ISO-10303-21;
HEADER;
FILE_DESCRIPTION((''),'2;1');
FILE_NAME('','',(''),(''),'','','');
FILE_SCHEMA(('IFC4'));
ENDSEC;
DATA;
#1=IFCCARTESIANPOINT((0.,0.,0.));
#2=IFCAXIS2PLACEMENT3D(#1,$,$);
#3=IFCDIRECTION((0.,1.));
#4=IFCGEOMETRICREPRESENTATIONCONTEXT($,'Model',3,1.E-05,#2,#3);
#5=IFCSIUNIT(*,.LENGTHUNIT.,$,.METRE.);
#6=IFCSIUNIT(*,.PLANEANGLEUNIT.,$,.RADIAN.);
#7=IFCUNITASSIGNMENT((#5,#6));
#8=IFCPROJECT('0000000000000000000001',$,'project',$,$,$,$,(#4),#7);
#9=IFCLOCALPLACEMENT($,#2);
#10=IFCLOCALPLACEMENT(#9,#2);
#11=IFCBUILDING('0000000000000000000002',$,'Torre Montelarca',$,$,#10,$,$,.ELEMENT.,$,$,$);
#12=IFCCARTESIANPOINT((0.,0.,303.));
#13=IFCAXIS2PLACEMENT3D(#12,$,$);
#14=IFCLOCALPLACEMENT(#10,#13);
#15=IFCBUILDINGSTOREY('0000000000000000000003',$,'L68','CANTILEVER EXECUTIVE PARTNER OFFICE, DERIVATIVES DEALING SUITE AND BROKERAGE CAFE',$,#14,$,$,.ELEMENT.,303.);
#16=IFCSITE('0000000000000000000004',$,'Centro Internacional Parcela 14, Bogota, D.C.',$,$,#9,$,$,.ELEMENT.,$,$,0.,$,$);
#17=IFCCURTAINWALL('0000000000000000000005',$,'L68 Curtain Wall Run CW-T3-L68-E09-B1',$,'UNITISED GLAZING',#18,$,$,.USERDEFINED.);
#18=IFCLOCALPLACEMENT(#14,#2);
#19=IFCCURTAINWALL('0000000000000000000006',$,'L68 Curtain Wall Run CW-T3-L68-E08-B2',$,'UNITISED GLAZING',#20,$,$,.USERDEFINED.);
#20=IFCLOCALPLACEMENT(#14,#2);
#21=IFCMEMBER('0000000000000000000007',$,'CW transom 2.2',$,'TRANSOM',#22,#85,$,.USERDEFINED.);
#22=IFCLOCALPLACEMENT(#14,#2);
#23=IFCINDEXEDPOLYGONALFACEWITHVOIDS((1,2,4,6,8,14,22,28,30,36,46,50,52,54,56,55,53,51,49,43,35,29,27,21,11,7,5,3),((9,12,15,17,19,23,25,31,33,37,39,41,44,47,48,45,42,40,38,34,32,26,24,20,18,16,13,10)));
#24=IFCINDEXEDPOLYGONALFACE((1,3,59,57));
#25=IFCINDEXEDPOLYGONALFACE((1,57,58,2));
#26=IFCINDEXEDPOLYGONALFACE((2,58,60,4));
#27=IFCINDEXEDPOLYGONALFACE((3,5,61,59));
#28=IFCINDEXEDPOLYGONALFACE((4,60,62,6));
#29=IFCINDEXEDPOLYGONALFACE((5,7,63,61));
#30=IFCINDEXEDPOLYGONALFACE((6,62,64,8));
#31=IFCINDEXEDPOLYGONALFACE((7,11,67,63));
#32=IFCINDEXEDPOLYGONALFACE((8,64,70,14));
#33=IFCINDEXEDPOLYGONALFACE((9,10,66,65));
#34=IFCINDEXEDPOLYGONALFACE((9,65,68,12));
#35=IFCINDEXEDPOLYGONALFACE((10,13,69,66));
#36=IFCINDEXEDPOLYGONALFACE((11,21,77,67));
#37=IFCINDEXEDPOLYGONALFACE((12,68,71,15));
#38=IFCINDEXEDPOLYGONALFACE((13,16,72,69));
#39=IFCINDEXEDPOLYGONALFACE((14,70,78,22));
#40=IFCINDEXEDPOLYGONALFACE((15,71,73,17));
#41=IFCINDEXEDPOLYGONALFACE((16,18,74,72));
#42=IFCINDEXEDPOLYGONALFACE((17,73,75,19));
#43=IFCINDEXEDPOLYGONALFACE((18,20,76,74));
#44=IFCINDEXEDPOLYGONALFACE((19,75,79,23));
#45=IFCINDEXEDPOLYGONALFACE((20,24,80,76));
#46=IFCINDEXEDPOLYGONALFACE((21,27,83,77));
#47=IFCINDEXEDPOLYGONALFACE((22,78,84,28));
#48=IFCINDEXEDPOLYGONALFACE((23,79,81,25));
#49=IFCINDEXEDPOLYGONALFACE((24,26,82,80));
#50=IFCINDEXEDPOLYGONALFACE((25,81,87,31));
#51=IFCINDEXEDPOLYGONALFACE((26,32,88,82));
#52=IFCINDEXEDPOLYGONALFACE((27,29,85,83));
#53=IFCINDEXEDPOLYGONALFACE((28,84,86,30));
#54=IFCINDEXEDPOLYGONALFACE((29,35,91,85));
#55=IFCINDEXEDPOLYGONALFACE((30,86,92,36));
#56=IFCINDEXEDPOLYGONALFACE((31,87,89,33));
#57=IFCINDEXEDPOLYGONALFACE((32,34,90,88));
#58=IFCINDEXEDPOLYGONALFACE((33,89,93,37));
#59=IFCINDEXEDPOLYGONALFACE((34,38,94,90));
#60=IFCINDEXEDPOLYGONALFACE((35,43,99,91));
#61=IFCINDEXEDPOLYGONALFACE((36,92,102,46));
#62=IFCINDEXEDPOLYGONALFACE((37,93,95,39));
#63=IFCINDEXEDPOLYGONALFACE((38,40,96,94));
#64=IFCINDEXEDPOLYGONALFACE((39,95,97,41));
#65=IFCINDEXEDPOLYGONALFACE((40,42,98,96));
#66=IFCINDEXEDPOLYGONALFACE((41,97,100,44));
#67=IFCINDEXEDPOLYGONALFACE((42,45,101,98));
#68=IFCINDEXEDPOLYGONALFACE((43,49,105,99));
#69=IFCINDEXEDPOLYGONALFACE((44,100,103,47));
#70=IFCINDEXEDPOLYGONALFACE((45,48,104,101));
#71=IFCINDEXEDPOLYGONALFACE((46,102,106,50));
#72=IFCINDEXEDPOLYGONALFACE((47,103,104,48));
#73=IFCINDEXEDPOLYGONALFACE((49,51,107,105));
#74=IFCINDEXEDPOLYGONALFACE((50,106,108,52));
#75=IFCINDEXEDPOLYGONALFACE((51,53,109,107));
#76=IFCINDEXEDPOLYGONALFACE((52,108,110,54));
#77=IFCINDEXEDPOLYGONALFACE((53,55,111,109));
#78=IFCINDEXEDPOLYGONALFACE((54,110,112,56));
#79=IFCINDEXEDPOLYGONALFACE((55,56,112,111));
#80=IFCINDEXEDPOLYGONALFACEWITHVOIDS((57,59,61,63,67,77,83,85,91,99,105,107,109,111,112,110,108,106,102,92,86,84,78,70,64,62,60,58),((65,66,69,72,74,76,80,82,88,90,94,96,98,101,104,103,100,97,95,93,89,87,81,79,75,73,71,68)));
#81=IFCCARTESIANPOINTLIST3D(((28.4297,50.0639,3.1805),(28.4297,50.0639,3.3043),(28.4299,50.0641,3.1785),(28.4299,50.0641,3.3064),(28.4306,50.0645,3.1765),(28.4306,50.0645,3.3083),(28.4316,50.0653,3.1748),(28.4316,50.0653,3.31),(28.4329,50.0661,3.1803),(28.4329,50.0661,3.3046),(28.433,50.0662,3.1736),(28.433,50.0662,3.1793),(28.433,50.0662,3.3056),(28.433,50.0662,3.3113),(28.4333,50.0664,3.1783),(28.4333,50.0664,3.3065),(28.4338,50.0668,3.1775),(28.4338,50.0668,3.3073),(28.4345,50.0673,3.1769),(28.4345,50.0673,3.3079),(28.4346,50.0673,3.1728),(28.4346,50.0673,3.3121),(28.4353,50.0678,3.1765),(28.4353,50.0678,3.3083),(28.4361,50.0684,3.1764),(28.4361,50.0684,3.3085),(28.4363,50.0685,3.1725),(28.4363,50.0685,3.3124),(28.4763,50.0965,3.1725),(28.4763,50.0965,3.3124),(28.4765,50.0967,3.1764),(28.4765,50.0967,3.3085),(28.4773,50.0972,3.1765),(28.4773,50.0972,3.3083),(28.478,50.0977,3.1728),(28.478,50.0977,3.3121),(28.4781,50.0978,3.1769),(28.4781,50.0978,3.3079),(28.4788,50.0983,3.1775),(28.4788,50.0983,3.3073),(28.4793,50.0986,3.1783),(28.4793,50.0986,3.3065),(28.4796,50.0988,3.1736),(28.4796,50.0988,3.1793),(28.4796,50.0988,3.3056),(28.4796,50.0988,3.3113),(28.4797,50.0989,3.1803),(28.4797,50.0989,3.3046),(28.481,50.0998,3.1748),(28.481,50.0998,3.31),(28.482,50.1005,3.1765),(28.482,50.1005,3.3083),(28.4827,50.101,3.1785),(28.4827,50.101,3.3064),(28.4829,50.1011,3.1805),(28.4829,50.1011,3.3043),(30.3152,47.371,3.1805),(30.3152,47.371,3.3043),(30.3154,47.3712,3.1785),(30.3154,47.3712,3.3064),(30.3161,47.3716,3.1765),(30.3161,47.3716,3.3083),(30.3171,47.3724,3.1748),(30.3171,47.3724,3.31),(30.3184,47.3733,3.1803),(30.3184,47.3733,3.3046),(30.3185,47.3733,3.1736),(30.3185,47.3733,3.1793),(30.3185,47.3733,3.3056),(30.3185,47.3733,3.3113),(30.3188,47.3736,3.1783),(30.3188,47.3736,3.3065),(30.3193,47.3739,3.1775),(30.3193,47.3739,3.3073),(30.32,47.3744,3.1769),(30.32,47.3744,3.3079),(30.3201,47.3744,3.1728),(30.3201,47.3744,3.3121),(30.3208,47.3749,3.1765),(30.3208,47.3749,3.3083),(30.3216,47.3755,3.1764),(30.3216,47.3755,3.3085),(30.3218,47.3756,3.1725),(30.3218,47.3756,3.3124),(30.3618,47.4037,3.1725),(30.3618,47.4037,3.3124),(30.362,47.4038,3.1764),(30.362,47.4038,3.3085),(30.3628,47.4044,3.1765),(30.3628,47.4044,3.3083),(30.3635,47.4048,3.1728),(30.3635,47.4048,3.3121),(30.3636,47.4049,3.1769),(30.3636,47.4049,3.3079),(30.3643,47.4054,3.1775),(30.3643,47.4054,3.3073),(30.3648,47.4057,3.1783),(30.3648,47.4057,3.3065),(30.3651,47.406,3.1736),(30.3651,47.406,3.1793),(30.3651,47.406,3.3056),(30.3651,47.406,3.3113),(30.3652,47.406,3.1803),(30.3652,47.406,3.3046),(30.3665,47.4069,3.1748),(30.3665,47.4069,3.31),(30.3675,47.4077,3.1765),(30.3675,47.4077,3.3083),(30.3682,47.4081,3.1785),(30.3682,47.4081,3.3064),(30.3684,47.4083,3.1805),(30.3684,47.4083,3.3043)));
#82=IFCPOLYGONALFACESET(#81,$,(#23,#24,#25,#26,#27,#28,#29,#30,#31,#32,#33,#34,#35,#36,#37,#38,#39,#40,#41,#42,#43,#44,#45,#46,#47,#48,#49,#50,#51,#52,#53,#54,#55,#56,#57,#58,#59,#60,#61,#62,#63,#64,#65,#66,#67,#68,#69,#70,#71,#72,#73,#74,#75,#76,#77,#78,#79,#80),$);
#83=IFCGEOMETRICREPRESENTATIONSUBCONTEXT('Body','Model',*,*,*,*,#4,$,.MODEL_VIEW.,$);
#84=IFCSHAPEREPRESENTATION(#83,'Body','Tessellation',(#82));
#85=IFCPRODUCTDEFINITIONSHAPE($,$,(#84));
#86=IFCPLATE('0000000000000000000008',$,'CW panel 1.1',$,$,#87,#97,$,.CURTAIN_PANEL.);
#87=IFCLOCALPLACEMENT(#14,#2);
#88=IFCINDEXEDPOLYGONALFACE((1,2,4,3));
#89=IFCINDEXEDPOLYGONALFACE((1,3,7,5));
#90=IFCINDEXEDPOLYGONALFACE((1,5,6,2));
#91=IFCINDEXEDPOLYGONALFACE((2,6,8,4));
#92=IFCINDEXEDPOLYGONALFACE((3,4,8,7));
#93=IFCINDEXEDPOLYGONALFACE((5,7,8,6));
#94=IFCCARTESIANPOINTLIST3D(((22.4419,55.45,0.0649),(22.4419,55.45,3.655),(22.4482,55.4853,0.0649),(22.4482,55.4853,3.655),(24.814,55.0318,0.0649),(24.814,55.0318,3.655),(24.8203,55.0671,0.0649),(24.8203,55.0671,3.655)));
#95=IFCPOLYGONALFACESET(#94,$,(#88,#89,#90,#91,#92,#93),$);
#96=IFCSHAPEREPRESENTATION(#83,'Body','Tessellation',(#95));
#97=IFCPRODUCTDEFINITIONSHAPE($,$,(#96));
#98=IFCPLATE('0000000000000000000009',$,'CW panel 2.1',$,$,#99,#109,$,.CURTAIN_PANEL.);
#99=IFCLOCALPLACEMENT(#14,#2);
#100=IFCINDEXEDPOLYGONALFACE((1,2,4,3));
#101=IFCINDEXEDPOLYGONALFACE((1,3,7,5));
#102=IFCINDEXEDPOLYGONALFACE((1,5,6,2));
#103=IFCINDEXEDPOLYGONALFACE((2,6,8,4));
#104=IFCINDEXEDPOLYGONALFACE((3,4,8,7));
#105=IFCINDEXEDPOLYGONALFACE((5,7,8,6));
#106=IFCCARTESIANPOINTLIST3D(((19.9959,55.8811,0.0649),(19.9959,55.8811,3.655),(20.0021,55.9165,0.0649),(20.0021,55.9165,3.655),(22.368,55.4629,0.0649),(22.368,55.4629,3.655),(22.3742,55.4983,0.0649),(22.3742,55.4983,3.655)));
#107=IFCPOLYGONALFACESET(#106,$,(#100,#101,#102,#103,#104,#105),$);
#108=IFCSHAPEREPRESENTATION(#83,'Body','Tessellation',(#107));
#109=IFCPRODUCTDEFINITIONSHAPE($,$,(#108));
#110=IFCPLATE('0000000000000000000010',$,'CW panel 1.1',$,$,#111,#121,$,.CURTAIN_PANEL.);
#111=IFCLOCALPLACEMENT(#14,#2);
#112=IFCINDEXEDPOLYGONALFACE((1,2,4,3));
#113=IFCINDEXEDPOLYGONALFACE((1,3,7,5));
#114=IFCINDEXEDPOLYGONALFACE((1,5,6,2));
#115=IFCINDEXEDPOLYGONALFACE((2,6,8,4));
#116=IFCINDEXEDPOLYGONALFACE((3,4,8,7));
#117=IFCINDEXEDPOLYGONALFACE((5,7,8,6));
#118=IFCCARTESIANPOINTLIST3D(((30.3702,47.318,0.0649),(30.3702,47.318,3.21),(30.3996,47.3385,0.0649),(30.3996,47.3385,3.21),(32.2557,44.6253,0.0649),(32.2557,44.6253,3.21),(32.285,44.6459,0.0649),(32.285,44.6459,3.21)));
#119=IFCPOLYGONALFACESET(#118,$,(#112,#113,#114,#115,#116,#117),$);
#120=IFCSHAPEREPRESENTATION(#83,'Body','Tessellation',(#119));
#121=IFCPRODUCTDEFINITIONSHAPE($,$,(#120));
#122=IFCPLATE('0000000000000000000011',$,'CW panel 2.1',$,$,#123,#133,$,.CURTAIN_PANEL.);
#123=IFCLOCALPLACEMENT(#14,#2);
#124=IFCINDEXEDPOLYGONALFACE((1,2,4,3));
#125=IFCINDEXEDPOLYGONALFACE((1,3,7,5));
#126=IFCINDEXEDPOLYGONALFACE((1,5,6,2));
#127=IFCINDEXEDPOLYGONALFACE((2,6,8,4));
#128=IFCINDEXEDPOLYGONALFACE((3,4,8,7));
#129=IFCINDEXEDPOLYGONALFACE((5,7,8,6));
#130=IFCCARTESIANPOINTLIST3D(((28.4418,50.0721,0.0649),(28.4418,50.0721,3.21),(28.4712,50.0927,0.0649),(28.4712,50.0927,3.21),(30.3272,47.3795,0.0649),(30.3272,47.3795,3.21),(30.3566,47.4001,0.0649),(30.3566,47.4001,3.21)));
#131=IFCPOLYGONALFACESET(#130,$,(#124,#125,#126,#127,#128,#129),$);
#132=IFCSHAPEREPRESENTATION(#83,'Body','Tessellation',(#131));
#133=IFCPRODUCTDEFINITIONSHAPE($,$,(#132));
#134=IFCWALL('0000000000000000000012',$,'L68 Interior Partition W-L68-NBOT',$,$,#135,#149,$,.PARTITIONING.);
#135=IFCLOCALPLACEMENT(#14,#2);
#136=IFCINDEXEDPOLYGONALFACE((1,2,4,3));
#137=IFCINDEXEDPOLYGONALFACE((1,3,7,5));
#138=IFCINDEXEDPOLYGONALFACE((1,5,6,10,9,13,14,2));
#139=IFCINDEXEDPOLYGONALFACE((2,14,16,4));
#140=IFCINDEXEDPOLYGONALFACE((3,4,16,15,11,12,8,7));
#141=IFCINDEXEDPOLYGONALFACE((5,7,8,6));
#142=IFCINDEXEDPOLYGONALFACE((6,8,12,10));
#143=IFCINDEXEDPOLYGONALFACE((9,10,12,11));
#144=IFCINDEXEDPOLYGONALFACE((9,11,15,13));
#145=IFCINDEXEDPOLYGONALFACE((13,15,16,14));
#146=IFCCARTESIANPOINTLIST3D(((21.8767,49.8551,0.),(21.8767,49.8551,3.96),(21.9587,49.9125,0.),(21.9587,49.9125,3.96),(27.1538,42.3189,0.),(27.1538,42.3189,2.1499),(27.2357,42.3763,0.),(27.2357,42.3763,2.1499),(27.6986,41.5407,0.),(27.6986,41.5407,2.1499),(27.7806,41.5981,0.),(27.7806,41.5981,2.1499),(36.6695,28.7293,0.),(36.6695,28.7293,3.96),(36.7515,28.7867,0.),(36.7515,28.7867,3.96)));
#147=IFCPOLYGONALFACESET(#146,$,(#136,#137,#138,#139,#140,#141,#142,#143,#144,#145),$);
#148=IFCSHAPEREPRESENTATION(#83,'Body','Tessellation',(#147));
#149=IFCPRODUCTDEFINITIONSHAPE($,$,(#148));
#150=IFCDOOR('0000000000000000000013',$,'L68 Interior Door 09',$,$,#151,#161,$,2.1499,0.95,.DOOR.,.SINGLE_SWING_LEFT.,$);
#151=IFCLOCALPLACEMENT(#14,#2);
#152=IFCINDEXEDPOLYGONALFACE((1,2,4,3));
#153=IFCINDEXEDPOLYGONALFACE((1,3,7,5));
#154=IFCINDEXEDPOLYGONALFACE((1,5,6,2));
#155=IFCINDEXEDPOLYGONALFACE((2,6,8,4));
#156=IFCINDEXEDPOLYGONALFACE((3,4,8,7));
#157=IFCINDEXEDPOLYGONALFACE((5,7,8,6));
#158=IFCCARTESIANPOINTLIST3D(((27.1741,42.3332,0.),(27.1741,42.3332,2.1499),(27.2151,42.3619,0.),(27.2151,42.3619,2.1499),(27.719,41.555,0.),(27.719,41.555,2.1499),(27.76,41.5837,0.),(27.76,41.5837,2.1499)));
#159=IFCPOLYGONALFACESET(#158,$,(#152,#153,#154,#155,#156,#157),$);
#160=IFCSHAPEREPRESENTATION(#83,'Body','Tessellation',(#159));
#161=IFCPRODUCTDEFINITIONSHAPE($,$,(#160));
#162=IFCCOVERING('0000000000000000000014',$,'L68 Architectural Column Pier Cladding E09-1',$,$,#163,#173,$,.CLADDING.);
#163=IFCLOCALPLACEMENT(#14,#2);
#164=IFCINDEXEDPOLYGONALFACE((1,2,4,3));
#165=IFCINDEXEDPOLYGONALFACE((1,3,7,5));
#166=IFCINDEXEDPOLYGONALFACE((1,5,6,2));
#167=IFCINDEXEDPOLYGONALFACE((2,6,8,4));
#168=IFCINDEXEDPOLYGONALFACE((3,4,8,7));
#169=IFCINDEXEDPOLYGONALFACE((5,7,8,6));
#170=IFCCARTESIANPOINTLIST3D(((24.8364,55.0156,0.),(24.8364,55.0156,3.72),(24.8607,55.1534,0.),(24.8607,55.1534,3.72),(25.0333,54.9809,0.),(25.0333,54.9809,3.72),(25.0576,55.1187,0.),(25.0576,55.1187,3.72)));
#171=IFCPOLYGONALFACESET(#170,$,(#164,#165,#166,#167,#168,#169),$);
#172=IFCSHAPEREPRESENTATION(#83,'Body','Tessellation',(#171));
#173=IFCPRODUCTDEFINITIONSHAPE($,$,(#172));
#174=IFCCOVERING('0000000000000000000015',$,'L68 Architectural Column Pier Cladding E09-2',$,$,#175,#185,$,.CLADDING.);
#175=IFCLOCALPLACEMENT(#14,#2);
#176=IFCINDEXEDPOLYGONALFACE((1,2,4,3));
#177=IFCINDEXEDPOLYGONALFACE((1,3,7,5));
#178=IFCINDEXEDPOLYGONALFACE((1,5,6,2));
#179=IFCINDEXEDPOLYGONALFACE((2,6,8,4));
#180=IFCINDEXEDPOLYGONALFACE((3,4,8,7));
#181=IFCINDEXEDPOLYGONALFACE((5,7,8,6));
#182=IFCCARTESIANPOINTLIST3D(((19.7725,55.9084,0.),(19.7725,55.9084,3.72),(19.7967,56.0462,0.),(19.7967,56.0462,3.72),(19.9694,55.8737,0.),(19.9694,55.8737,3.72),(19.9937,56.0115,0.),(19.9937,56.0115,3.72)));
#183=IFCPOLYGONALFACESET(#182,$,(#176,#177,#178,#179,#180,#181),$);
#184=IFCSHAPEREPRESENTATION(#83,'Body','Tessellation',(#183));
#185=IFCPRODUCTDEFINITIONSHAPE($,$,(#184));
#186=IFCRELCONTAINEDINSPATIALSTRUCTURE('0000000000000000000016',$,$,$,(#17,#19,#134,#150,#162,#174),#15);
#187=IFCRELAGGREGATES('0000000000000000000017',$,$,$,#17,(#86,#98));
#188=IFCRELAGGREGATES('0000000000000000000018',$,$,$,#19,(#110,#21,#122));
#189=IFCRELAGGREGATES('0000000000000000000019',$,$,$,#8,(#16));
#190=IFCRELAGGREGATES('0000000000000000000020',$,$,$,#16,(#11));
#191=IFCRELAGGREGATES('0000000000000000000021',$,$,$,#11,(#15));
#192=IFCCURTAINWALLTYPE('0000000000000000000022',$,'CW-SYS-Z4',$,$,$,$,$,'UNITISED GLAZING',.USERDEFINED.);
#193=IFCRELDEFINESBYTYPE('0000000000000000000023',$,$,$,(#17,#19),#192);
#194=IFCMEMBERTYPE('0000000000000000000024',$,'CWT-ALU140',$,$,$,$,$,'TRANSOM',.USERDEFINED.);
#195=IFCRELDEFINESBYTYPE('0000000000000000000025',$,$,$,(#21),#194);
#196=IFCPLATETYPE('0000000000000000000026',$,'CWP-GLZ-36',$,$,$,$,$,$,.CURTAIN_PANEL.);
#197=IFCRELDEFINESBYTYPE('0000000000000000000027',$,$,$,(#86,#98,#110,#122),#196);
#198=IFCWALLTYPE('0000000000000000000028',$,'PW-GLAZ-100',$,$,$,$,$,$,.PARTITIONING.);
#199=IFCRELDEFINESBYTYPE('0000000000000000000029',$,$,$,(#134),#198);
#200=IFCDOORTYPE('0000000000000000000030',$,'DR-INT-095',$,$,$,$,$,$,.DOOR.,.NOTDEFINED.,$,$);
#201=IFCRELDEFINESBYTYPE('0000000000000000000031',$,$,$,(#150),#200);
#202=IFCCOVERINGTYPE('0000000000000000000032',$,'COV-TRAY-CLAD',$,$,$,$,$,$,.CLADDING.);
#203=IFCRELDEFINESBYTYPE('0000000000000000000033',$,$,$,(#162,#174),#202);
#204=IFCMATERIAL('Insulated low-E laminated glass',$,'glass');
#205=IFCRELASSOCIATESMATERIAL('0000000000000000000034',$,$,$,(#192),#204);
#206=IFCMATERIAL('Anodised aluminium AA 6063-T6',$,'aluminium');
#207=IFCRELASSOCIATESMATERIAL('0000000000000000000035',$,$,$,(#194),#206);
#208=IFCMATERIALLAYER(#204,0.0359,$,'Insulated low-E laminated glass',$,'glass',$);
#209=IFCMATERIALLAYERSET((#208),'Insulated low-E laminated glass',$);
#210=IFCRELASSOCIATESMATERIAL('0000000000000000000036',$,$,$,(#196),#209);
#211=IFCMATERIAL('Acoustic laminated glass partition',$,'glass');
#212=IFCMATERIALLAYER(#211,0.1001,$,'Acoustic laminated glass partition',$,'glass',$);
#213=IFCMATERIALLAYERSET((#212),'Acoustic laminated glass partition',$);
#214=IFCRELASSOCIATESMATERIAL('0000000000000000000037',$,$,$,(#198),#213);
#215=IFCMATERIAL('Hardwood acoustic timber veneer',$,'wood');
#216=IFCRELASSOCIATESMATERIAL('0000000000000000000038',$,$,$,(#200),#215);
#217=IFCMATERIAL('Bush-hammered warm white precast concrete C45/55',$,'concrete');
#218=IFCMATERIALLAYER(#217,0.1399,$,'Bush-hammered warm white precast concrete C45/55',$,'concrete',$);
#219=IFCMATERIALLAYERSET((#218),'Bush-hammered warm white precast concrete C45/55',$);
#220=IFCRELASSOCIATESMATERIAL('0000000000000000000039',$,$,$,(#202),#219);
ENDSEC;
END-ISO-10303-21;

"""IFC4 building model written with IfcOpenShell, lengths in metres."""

from ifc_helpers import new_model, si_unit, direction, frame, frame_2d, origin, origin_2d, place, context, subcontext, project, spatial, rectangle, hollow_rectangle, extrude, source, transform, mapped, material, layer, layer_set, material_profile, profile_set, type_object, element, fill, aggregate, save


model = new_model("IFC4")

# Units and contexts
model_context = context("Model", 3, precision=1e-05, world=origin(), true_north=direction((0.0, 1.0)))
body_context = subcontext(model_context, "Body", "Model", "MODEL_VIEW")
ifc_project = project(units=[si_unit("LENGTHUNIT", "METRE"), si_unit("PLANEANGLEUNIT", "RADIAN")], contexts=[model_context])

# Site, building, storey
site_placement = place(None, origin())
site = spatial("IfcSite", under=ifc_project, at=site_placement, Name="Centro Internacional Parcela 14, Bogota, D.C.", CompositionType="ELEMENT", RefElevation=0.0)
building_placement = place(site_placement, origin())
building = spatial("IfcBuilding", under=site, at=building_placement, Name="Torre Montelarca", CompositionType="ELEMENT")
storey_placement = place(building_placement, frame((0.0, 0.0, 303.0)))
storey = spatial("IfcBuildingStorey", under=building, at=storey_placement, Name="L68", Description="CANTILEVER EXECUTIVE PARTNER OFFICE, DERIVATIVES DEALING SUITE AND BROKERAGE CAFE", CompositionType="ELEMENT", Elevation=303.0)

# Curtain wall
ifc_material_1 = material(Name="Insulated low-E laminated glass", Category="glass")
curtain_wall_type = type_object("IfcCurtainWallType", Name="CW-SYS-Z4", ElementType="UNITISED GLAZING", PredefinedType="USERDEFINED", material=ifc_material_1)
curtain_wall_1_placement = place(storey_placement, origin())
curtain_wall_1 = element("IfcCurtainWall", 1, at=curtain_wall_1_placement, inside=storey, type_object=curtain_wall_type, Name="L68 Curtain Wall Run CW-T3-L68-E09-B1", ObjectType="UNITISED GLAZING", PredefinedType="USERDEFINED")
ifc_material_2 = material(Name="Anodised aluminium AA 6063-T6", Category="aluminium")

# Shared definitions
ifc_material_profile_1 = material_profile(ifc_material_2, hollow_rectangle(XDim=0.0649, YDim=0.1399, WallThickness=0.0039, InnerFilletRadius=0.0039, OuterFilletRadius=0.0081, at=origin_2d()), Name="ALU65X140X4", Category="aluminium")
ifc_profile_set_1 = profile_set([ifc_material_profile_1], Name="Anodised aluminium AA 6063-T6")
member_type_1 = type_object("IfcMemberType", Name="CWT-ALU140", ElementType="TRANSOM", PredefinedType="USERDEFINED", material=ifc_profile_set_1)

# Curtain wall, member
curtain_wall_2_placement = place(storey_placement, origin())
curtain_wall_2 = element("IfcCurtainWall", 2, at=curtain_wall_2_placement, inside=storey, type_object=curtain_wall_type, Name="L68 Curtain Wall Run CW-T3-L68-E08-B2", ObjectType="UNITISED GLAZING", PredefinedType="USERDEFINED")
shared_shape_1 = source(origin(), body_context, "Body", "SweptSolid", [
    extrude(hollow_rectangle(XDim=0.0649, YDim=0.1399, WallThickness=0.0039, InnerFilletRadius=0.0039, OuterFilletRadius=0.0081, at=origin_2d()), origin(), (0.0, 0.0, 1.0), 3.2874),
])
member_1_placement = place(storey_placement, frame((30.3418, 47.3896, 3.2424), z_axis=(-0.573562, 0.819162, 0.0), x_axis=(-0.819162, -0.573562, 0.0)))
member_1 = element("IfcMember", 3, at=member_1_placement, type_object=member_type_1, Name="CW transom 2.2", ObjectType="TRANSOM", PredefinedType="USERDEFINED", context=body_context, shape_type="MappedRepresentation", body=[
    mapped(shared_shape_1, transform((0.0, 0.0, 0.0), scale=1.0)),
])

# Plates
ifc_layer_1 = layer(ifc_material_1, 0.0359, Name="Insulated low-E laminated glass", Category="glass")
ifc_layer_set_1 = layer_set([ifc_layer_1], Name="Insulated low-E laminated glass")
plate_type = type_object("IfcPlateType", Name="CWP-GLZ-36", PredefinedType="CURTAIN_PANEL", material=ifc_layer_set_1)
shared_shape_2 = source(origin(), body_context, "Body", "SweptSolid", [
    extrude(rectangle(XDim=2.4087, YDim=0.0359, at=origin_2d()), origin(), (0.0, 0.0, 1.0), 3.5901),
])
plate_1_placement = place(storey_placement, frame((23.6311, 55.2585, 0.0649), z_axis=(0.0, 0.0, 1.0), x_axis=(-0.98481, 0.173635, 0.0)))
plate_1 = element("IfcPlate", 4, at=plate_1_placement, type_object=plate_type, Name="CW panel 1.1", PredefinedType="CURTAIN_PANEL", context=body_context, shape_type="MappedRepresentation", body=[
    mapped(shared_shape_2, transform((0.0, 0.0, 0.0), scale=1.0)),
])
plate_2_placement = place(storey_placement, frame((21.1851, 55.6897, 0.0649), z_axis=(0.0, 0.0, 1.0), x_axis=(-0.98481, 0.173635, 0.0)))
plate_2 = element("IfcPlate", 5, at=plate_2_placement, type_object=plate_type, Name="CW panel 2.1", PredefinedType="CURTAIN_PANEL", context=body_context, shape_type="MappedRepresentation", body=[
    mapped(shared_shape_2, transform((0.0, 0.0, 0.0), scale=1.0)),
])
aggregate(curtain_wall_1, [plate_1, plate_2])
shared_shape_3 = source(origin(), body_context, "Body", "SweptSolid", [
    extrude(rectangle(XDim=3.2871, YDim=0.0359, at=origin_2d()), origin(), (0.0, 0.0, 1.0), 3.145),
])
plate_3_placement = place(storey_placement, frame((31.3276, 45.9819, 0.0649), z_axis=(0.0, 0.0, 1.0), x_axis=(-0.573582, 0.819148, 0.0)))
plate_3 = element("IfcPlate", 6, at=plate_3_placement, type_object=plate_type, Name="CW panel 1.1", PredefinedType="CURTAIN_PANEL", context=body_context, shape_type="MappedRepresentation", body=[
    mapped(shared_shape_3, transform((0.0, 0.0, 0.0), scale=1.0)),
])
plate_4_placement = place(storey_placement, frame((29.3992, 48.7361, 0.0649), z_axis=(0.0, 0.0, 1.0), x_axis=(-0.573582, 0.819148, 0.0)))
plate_4 = element("IfcPlate", 7, at=plate_4_placement, type_object=plate_type, Name="CW panel 2.1", PredefinedType="CURTAIN_PANEL", context=body_context, shape_type="MappedRepresentation", body=[
    mapped(shared_shape_3, transform((0.0, 0.0, 0.0), scale=1.0)),
])
aggregate(curtain_wall_2, [plate_3, member_1, plate_4])

# Wall, opening, door
ifc_material_3 = material(Name="Acoustic laminated glass partition", Category="glass")
ifc_layer_2 = layer(ifc_material_3, 0.1001, Name="Acoustic laminated glass partition", Category="glass")
ifc_layer_set_2 = layer_set([ifc_layer_2], Name="Acoustic laminated glass partition")
wall_type = type_object("IfcWallType", Name="PW-GLAZ-100", PredefinedType="PARTITIONING", material=ifc_layer_set_2)
wall_placement = place(storey_placement, frame((21.9177, 49.8838, 0.0), z_axis=(0.0, 0.0, 1.0), x_axis=(0.573585, -0.819146, 0.0)))
wall = element("IfcWall", 8, at=wall_placement, inside=storey, type_object=wall_type, Name="L68 Interior Partition W-L68-NBOT", PredefinedType="PARTITIONING", context=body_context, shape_type="SweptSolid", body=[
    extrude(rectangle(XDim=25.79, YDim=0.1001, at=frame_2d((12.895, 0.0))), origin(), (0.0, 0.0, 1.0), 3.96),
])
opening_placement = place(wall_placement, frame((9.2, 0.0, 0.0)))
opening = element("IfcOpeningElement", 9, at=opening_placement, cuts=wall, PredefinedType="OPENING", context=body_context, shape_type="SweptSolid", body=[
    extrude(rectangle(XDim=0.95, YDim=2.1499, at=frame_2d((0.4751, 1.075))), frame((0.0, 0.0601, 0.0), z_axis=(0.0, -1.0, 0.0), x_axis=(1.0, 0.0, 0.0)), (0.0, 0.0, 1.0), 0.1201),
])
ifc_material_4 = material(Name="Hardwood acoustic timber veneer", Category="wood")
door_type = type_object("IfcDoorType", Name="DR-INT-095", OperationType="NOTDEFINED", PredefinedType="DOOR", material=ifc_material_4)
shared_shape_4 = source(origin(), body_context, "Body", "SweptSolid", [
    extrude(rectangle(XDim=0.95, YDim=2.1499, at=frame_2d((0.4751, 1.075))), frame((0.0, 0.0249, 0.0), z_axis=(0.0, -1.0, 0.0), x_axis=(1.0, 0.0, 0.0)), (0.0, 0.0, 1.0), 0.05),
])
door_placement = place(opening_placement, origin())
door = element("IfcDoor", 10, at=door_placement, inside=storey, type_object=door_type, Name="L68 Interior Door 09", OperationType="SINGLE_SWING_LEFT", OverallHeight=2.1499, OverallWidth=0.95, PredefinedType="DOOR", context=body_context, shape_type="MappedRepresentation", body=[
    mapped(shared_shape_4, transform((0.0, 0.0, 0.0), scale=1.0)),
])
fill(opening, door)

# Coverings
ifc_material_5 = material(Name="Bush-hammered warm white precast concrete C45/55", Category="concrete")
ifc_layer_3 = layer(ifc_material_5, 0.1399, Name="Bush-hammered warm white precast concrete C45/55", Category="concrete")
ifc_layer_set_3 = layer_set([ifc_layer_3], Name="Bush-hammered warm white precast concrete C45/55")
covering_type = type_object("IfcCoveringType", Name="COV-TRAY-CLAD", PredefinedType="CLADDING", material=ifc_layer_set_3)
shared_shape_5 = source(origin(), body_context, "Body", "SweptSolid", [
    extrude(rectangle(XDim=0.2, YDim=0.1399, at=origin_2d()), origin(), (0.0, 0.0, 1.0), 3.72),
])
for number, where, z_axis, x_axis, name in (
    (11, (24.947, 55.0671, 0.0), (0.0, 0.0, 1.0), (-0.984808, 0.173646, 0.0), "L68 Architectural Column Pier Cladding E09-1"),
    (12, (19.8831, 55.96, 0.0), (0.0, 0.0, 1.0), (-0.984808, 0.173646, 0.0), "L68 Architectural Column Pier Cladding E09-2"),
):
    element("IfcCovering", number, at=place(storey_placement, frame(where, z_axis=z_axis, x_axis=x_axis)), inside=storey, type_object=covering_type, Name=name, PredefinedType="CLADDING", context=body_context, shape_type="MappedRepresentation", body=[
        mapped(shared_shape_5, transform((0.0, 0.0, 0.0), scale=1.0)),
    ])

save(model, "model.ifc")
